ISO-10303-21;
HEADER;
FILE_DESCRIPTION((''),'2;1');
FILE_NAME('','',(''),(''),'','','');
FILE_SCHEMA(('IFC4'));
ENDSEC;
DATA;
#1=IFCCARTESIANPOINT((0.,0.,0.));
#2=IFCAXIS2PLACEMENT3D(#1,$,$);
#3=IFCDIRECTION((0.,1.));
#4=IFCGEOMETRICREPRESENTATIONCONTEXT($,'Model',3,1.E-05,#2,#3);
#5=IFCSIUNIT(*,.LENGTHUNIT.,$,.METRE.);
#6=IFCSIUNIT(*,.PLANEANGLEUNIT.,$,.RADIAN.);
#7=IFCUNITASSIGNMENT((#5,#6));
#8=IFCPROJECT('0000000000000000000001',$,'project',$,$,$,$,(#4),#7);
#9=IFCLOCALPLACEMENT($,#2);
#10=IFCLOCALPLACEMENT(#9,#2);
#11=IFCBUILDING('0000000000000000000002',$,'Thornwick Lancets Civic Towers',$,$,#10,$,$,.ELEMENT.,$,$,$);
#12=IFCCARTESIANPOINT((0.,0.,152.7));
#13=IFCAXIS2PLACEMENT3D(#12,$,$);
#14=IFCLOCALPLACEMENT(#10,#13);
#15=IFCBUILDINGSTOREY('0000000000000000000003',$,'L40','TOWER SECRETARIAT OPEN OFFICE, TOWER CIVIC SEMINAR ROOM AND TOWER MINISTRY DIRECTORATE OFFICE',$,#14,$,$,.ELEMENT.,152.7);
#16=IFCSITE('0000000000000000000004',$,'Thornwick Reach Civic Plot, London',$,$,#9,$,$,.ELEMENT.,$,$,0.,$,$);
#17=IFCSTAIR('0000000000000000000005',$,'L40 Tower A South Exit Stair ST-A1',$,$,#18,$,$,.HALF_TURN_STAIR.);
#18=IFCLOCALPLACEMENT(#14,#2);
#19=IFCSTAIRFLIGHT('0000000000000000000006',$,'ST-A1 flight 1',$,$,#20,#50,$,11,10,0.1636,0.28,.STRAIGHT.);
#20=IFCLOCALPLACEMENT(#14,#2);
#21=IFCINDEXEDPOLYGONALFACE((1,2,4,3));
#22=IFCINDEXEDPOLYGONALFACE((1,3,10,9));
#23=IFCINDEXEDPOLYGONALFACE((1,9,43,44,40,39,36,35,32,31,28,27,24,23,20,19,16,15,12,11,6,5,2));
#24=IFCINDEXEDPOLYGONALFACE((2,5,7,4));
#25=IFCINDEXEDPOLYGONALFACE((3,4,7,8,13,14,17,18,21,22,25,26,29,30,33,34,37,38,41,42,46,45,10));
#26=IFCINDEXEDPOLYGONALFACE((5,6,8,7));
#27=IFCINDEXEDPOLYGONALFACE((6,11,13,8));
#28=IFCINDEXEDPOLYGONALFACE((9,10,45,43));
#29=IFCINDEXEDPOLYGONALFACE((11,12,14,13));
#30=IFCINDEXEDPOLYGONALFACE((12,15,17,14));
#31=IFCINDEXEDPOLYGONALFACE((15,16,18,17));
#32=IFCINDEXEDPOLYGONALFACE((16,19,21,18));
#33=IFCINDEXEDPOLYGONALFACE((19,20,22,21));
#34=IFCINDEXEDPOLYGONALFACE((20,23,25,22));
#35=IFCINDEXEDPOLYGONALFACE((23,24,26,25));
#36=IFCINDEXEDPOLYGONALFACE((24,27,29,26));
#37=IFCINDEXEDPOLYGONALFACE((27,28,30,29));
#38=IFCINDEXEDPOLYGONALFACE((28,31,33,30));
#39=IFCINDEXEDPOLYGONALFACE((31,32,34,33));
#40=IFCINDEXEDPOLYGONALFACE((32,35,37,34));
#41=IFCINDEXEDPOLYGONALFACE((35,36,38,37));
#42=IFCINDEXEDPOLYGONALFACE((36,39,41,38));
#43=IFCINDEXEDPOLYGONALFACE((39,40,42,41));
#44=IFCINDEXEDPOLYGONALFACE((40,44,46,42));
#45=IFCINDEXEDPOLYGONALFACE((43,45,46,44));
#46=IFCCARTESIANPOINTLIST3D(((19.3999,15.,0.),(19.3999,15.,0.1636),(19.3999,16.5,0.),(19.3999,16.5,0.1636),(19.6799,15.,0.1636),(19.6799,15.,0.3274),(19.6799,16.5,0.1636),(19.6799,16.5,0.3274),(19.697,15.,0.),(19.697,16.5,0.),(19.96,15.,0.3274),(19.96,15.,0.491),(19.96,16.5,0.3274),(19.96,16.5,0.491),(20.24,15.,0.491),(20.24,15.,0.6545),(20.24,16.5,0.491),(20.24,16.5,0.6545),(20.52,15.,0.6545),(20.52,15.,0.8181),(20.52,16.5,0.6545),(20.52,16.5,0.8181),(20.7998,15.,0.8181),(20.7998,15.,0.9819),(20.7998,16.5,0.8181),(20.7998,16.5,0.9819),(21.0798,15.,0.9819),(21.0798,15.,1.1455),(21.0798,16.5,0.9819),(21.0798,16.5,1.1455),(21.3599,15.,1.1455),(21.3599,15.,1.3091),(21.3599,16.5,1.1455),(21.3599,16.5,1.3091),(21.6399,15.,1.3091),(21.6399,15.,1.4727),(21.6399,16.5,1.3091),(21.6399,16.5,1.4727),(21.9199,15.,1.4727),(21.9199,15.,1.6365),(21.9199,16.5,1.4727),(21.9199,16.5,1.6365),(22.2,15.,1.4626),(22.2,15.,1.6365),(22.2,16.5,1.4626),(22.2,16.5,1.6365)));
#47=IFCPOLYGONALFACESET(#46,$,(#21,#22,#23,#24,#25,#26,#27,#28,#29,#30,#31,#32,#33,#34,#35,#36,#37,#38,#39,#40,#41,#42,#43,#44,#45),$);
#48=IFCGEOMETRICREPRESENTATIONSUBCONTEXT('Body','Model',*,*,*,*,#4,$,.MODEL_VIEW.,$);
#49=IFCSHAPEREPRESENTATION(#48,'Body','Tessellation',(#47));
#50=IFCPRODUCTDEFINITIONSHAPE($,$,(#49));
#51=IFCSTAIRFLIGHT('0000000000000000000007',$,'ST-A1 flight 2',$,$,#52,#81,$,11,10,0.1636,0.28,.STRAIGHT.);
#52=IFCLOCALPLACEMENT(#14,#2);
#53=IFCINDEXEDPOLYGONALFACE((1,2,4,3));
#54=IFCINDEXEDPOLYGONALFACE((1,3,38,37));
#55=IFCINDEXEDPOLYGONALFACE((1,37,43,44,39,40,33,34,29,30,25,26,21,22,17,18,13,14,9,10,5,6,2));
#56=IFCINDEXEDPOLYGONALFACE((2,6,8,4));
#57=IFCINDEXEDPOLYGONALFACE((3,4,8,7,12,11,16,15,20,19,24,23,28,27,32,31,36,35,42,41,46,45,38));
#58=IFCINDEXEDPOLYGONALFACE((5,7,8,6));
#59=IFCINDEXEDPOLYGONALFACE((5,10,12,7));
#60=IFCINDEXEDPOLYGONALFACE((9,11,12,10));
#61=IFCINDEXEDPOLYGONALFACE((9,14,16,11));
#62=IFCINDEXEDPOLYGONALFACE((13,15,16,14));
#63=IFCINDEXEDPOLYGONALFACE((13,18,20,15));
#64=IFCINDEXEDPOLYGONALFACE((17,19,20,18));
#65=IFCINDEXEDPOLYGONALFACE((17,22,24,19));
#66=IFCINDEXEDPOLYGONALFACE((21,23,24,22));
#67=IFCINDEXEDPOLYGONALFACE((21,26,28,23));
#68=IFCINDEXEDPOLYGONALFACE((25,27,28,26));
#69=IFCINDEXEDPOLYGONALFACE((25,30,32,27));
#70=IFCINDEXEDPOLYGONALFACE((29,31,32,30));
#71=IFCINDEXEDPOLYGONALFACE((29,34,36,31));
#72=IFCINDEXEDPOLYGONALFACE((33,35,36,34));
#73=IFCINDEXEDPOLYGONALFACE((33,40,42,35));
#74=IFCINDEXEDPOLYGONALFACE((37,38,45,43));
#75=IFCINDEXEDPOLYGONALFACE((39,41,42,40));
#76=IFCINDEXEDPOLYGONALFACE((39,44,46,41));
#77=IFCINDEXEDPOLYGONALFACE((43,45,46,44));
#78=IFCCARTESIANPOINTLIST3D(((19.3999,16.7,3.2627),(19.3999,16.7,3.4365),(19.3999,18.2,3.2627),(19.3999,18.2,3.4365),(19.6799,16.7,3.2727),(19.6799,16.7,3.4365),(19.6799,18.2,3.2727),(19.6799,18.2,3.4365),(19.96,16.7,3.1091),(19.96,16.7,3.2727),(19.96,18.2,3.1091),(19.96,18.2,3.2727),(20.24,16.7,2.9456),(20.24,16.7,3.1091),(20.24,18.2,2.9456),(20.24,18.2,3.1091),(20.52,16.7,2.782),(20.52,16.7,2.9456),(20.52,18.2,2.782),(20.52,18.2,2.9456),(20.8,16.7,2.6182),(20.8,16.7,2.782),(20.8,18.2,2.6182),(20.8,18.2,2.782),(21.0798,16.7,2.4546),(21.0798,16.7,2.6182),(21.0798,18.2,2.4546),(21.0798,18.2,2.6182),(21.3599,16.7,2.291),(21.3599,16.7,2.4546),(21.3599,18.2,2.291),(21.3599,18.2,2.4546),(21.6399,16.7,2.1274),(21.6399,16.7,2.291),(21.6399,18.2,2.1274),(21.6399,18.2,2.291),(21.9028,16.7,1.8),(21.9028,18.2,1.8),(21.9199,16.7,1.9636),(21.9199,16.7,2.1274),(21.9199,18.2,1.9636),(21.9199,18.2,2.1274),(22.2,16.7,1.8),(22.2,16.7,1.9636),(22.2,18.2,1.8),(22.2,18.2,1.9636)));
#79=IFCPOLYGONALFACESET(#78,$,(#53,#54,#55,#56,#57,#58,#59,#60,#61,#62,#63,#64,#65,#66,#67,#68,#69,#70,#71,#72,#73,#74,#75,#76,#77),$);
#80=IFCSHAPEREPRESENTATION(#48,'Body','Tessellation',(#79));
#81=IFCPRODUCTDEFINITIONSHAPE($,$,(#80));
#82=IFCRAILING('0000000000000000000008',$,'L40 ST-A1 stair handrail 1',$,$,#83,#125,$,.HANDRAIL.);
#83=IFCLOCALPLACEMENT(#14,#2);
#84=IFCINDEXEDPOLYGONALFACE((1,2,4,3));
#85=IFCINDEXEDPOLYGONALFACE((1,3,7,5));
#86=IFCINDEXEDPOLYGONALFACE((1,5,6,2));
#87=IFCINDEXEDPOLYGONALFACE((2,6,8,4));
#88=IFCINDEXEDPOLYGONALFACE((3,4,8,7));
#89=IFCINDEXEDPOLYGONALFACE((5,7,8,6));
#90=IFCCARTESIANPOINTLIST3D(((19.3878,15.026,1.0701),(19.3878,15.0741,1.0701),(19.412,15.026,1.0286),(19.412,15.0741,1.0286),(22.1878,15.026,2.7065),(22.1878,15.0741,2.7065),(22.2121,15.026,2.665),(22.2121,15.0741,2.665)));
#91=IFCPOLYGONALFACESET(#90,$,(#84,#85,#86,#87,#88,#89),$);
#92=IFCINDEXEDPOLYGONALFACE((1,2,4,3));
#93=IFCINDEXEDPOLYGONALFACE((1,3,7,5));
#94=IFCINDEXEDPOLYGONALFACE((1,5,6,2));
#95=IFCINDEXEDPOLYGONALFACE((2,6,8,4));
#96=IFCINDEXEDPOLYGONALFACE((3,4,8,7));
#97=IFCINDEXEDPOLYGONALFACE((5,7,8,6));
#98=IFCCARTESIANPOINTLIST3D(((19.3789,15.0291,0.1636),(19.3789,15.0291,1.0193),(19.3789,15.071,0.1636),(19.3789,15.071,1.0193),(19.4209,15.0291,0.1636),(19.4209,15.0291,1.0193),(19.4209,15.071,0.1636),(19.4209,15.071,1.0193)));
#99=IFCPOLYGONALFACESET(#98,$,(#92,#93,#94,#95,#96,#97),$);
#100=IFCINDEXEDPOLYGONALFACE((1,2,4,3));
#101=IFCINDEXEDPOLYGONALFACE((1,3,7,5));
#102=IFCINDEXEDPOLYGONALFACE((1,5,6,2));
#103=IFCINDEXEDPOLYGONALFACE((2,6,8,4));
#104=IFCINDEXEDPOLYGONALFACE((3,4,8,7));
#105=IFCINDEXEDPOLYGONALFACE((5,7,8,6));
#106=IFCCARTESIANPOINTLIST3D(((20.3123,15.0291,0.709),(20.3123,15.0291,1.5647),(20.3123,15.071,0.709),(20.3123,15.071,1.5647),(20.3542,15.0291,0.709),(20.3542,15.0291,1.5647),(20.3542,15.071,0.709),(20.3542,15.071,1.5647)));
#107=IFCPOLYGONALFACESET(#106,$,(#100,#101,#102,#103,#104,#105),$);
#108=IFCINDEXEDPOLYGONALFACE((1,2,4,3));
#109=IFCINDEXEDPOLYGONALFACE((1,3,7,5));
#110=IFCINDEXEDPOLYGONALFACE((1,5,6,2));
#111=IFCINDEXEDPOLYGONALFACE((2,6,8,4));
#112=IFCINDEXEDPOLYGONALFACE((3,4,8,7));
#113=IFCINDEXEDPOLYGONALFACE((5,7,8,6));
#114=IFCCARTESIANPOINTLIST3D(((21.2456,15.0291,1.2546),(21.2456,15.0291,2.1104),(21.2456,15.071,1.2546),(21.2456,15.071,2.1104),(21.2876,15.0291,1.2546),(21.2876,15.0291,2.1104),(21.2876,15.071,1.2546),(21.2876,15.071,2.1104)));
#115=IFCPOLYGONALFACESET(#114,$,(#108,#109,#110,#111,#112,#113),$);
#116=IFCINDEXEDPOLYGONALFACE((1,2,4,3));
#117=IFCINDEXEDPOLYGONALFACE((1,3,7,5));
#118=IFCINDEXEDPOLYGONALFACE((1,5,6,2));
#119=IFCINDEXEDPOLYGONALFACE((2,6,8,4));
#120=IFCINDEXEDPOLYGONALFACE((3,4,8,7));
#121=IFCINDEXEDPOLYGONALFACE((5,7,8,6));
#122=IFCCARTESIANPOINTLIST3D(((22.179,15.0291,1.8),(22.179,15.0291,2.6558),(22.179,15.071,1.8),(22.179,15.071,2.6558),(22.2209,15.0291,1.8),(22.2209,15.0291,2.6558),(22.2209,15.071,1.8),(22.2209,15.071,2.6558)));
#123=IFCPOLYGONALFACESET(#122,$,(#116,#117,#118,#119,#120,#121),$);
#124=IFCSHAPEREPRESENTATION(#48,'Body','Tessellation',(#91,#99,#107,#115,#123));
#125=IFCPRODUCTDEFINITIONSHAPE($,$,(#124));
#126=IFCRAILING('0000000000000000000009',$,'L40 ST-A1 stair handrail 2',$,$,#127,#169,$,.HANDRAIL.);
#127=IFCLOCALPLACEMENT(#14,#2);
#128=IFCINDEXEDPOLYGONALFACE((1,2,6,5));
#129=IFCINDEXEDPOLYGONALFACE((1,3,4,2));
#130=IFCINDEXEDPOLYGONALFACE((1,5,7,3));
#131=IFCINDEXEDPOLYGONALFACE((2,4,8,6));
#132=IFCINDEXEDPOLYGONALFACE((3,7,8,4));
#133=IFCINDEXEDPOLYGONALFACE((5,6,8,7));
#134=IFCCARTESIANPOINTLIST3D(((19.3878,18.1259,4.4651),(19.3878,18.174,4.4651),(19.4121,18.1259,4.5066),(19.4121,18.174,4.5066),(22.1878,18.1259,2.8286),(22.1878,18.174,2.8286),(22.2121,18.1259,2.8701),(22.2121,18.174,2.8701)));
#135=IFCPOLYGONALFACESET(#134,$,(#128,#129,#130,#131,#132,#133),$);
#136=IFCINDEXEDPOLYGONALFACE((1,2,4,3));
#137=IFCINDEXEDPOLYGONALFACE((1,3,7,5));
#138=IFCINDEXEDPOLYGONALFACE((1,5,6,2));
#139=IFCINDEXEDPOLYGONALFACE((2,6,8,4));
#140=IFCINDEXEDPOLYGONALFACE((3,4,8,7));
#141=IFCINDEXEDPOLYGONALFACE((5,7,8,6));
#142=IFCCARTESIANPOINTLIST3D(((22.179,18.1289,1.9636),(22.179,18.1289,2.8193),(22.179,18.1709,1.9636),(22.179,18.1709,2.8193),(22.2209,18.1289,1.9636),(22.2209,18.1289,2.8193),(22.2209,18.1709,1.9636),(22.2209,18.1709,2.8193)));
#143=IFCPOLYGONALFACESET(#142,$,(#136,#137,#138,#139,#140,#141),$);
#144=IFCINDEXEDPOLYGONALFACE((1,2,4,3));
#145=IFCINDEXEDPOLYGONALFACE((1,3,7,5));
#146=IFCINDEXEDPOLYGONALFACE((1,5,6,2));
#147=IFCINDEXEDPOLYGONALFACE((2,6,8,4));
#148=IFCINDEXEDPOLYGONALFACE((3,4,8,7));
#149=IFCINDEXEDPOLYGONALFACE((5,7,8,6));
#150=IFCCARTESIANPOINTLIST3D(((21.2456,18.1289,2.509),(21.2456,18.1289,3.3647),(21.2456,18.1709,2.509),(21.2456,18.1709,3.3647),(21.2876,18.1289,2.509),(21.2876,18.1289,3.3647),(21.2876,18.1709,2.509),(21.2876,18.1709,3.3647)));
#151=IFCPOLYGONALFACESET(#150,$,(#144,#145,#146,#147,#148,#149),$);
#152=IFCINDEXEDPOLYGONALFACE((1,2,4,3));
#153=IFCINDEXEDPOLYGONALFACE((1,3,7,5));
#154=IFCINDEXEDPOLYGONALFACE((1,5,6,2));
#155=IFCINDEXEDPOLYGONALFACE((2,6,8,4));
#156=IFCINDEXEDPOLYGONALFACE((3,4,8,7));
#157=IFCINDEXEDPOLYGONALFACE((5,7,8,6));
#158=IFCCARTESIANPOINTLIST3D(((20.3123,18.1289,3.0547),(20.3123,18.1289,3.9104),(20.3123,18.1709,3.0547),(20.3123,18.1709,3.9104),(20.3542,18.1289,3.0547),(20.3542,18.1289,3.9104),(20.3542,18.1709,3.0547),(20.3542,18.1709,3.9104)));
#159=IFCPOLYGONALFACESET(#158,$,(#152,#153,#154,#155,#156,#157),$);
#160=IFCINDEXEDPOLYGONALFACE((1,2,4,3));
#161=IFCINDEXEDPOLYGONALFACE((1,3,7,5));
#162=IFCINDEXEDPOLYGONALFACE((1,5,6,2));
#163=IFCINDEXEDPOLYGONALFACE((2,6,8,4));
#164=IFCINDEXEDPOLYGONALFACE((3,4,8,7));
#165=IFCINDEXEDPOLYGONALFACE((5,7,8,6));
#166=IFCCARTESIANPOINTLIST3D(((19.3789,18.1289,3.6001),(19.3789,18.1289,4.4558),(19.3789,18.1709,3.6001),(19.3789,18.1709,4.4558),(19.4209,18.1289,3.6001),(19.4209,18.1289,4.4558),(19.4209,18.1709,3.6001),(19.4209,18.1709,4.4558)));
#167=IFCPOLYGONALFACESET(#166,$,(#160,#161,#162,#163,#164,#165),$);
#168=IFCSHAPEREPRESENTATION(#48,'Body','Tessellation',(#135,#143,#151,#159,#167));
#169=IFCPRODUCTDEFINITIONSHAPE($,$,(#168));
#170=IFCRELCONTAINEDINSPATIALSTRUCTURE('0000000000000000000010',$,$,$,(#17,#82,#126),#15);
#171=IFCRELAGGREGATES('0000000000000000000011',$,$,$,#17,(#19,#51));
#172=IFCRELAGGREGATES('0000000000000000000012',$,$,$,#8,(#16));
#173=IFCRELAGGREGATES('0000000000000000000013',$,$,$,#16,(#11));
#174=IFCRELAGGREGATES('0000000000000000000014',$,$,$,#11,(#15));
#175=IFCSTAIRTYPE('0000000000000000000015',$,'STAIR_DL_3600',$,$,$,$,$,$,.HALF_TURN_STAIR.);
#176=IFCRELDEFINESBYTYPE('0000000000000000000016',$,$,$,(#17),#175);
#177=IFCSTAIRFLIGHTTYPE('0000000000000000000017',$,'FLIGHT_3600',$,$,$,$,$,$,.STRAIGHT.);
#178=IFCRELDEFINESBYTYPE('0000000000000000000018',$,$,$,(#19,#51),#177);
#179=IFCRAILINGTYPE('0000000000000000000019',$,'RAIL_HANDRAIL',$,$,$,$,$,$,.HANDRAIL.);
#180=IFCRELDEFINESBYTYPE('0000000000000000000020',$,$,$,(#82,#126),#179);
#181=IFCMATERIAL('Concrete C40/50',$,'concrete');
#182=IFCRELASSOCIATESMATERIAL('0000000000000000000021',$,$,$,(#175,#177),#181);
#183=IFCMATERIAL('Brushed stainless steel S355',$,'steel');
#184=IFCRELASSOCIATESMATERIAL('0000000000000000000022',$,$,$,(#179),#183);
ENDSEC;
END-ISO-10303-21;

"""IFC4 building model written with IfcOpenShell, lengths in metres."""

from ifc_helpers import new_model, si_unit, direction, frame, origin, origin_2d, place, context, subcontext, project, spatial, polyline, rectangle, outline, extrude, material, type_object, element, aggregate, save


model = new_model("IFC4")

# Units and contexts
model_context = context("Model", 3, precision=1e-05, world=origin(), true_north=direction((0.0, 1.0)))
body_context = subcontext(model_context, "Body", "Model", "MODEL_VIEW")
ifc_project = project(units=[si_unit("LENGTHUNIT", "METRE"), si_unit("PLANEANGLEUNIT", "RADIAN")], contexts=[model_context])

# Site, building, storey
site_placement = place(None, origin())
site = spatial("IfcSite", under=ifc_project, at=site_placement, Name="Thornwick Reach Civic Plot, London", CompositionType="ELEMENT", RefElevation=0.0)
building_placement = place(site_placement, origin())
building = spatial("IfcBuilding", under=site, at=building_placement, Name="Thornwick Lancets Civic Towers", CompositionType="ELEMENT")
storey_placement = place(building_placement, frame((0.0, 0.0, 152.7)))
storey = spatial("IfcBuildingStorey", under=building, at=storey_placement, Name="L40", Description="TOWER SECRETARIAT OPEN OFFICE, TOWER CIVIC SEMINAR ROOM AND TOWER MINISTRY DIRECTORATE OFFICE", CompositionType="ELEMENT", Elevation=152.7)

# Shared definitions
ifc_material_1 = material(Name="Concrete C40/50", Category="concrete")

# Stair, stair flights
stair_type = type_object("IfcStairType", Name="STAIR_DL_3600", PredefinedType="HALF_TURN_STAIR", material=ifc_material_1)
stair_placement = place(storey_placement, origin())
stair = element("IfcStair", 1, at=stair_placement, inside=storey, type_object=stair_type, Name="L40 Tower A South Exit Stair ST-A1", PredefinedType="HALF_TURN_STAIR")
stair_flight_type = type_object("IfcStairFlightType", Name="FLIGHT_3600", PredefinedType="STRAIGHT", material=ifc_material_1)
stair_flight_1_placement = place(storey_placement, frame((19.3999, 15.75, 0.0), z_axis=(0.0, 0.0, 1.0), x_axis=(1.0, 0.0, 0.0)))
stair_flight_1 = element("IfcStairFlight", 2, at=stair_flight_1_placement, type_object=stair_flight_type, Name="ST-A1 flight 1", NumberOfRisers=11, NumberOfTreads=10, PredefinedType="STRAIGHT", RiserHeight=0.1636, TreadLength=0.28, context=body_context, shape_type="SweptSolid", body=[
    extrude(outline(polyline([(0.0, 0.0), (0.0, 0.1636), (0.28, 0.1636), (0.28, 0.3274), (0.5601, 0.3274), (0.5601, 0.491), (0.8401, 0.491), (0.8401, 0.6545), (1.1201, 0.6545), (1.1201, 0.8181), (1.3999, 0.8181), (1.3999, 0.9819), (1.6799, 0.9819), (1.6799, 1.1455), (1.96, 1.1455), (1.96, 1.3091), (2.24, 1.3091), (2.24, 1.4727), (2.52, 1.4727), (2.52, 1.6365), (2.8, 1.6365), (2.8, 1.8), (2.8, 1.4626), (0.2971, 0.0), (0.0, 0.0)])), frame((0.0, 0.75, 0.0), z_axis=(0.0, -1.0, 0.0), x_axis=(1.0, 0.0, 0.0)), (0.0, 0.0, 1.0), 1.5),
])
stair_flight_2_placement = place(storey_placement, frame((22.2, 17.45, 1.8), z_axis=(0.0, 0.0, 1.0), x_axis=(-1.0, 0.0, 0.0)))
stair_flight_2 = element("IfcStairFlight", 3, at=stair_flight_2_placement, type_object=stair_flight_type, Name="ST-A1 flight 2", NumberOfRisers=11, NumberOfTreads=10, PredefinedType="STRAIGHT", RiserHeight=0.1636, TreadLength=0.28, context=body_context, shape_type="SweptSolid", body=[
    extrude(outline(polyline([(0.0, 0.0), (0.0, 0.1636), (0.28, 0.1636), (0.28, 0.3274), (0.5601, 0.3274), (0.5601, 0.491), (0.8401, 0.491), (0.8401, 0.6545), (1.1201, 0.6545), (1.1201, 0.8181), (1.3999, 0.8181), (1.3999, 0.9819), (1.6799, 0.9819), (1.6799, 1.1455), (1.96, 1.1455), (1.96, 1.3091), (2.24, 1.3091), (2.24, 1.4727), (2.52, 1.4727), (2.52, 1.6365), (2.8, 1.6365), (2.8, 1.8), (2.8, 1.4626), (0.2971, 0.0), (0.0, 0.0)])), frame((0.0, 0.75, 0.0), z_axis=(0.0, -1.0, 0.0), x_axis=(1.0, 0.0, 0.0)), (0.0, 0.0, 1.0), 1.5),
])
aggregate(stair, [stair_flight_1, stair_flight_2])

# Railings
ifc_material_2 = material(Name="Brushed stainless steel S355", Category="steel")
railing_type_1 = type_object("IfcRailingType", Name="RAIL_HANDRAIL", PredefinedType="HANDRAIL", material=ifc_material_2)
railing_1_placement = place(storey_placement, frame((19.3999, 15.05, 0.1636)))
element("IfcRailing", 4, at=railing_1_placement, inside=storey, type_object=railing_type_1, Name="L40 ST-A1 stair handrail 1", PredefinedType="HANDRAIL", context=body_context, shape_type="SweptSolid", body=[
    extrude(rectangle(XDim=0.0481, YDim=0.0481, at=origin_2d()), frame((0.0, 0.0, 0.8857), z_axis=(0.863361, 0.0, 0.504587), x_axis=(0.0, 1.0, 0.0)), (0.0, 0.0, 1.0), 3.2432),
    extrude(rectangle(XDim=0.042, YDim=0.042, at=origin_2d()), origin(), (0.0, 0.0, 1.0), 0.8557),
    extrude(rectangle(XDim=0.042, YDim=0.042, at=origin_2d()), frame((0.9333, 0.0, 0.5454)), (0.0, 0.0, 1.0), 0.8557),
    extrude(rectangle(XDim=0.042, YDim=0.042, at=origin_2d()), frame((1.8667, 0.0, 1.0911)), (0.0, 0.0, 1.0), 0.8557),
    extrude(rectangle(XDim=0.042, YDim=0.042, at=origin_2d()), frame((2.8, 0.0, 1.6365)), (0.0, 0.0, 1.0), 0.8557),
])
railing_2_placement = place(storey_placement, frame((22.2, 18.1499, 1.9636)))
element("IfcRailing", 5, at=railing_2_placement, inside=storey, type_object=railing_type_1, Name="L40 ST-A1 stair handrail 2", PredefinedType="HANDRAIL", context=body_context, shape_type="SweptSolid", body=[
    extrude(rectangle(XDim=0.0481, YDim=0.0481, at=origin_2d()), frame((0.0, 0.0, 0.8857), z_axis=(-0.863361, 0.0, 0.504587), x_axis=(0.0, -1.0, 0.0)), (0.0, 0.0, 1.0), 3.2432),
    extrude(rectangle(XDim=0.042, YDim=0.042, at=origin_2d()), origin(), (0.0, 0.0, 1.0), 0.8557),
    extrude(rectangle(XDim=0.042, YDim=0.042, at=origin_2d()), frame((-0.9333, 0.0, 0.5454)), (0.0, 0.0, 1.0), 0.8557),
    extrude(rectangle(XDim=0.042, YDim=0.042, at=origin_2d()), frame((-1.8667, 0.0, 1.0911)), (0.0, 0.0, 1.0), 0.8557),
    extrude(rectangle(XDim=0.042, YDim=0.042, at=origin_2d()), frame((-2.8, 0.0, 1.6365)), (0.0, 0.0, 1.0), 0.8557),
])

save(model, "model.ifc")
